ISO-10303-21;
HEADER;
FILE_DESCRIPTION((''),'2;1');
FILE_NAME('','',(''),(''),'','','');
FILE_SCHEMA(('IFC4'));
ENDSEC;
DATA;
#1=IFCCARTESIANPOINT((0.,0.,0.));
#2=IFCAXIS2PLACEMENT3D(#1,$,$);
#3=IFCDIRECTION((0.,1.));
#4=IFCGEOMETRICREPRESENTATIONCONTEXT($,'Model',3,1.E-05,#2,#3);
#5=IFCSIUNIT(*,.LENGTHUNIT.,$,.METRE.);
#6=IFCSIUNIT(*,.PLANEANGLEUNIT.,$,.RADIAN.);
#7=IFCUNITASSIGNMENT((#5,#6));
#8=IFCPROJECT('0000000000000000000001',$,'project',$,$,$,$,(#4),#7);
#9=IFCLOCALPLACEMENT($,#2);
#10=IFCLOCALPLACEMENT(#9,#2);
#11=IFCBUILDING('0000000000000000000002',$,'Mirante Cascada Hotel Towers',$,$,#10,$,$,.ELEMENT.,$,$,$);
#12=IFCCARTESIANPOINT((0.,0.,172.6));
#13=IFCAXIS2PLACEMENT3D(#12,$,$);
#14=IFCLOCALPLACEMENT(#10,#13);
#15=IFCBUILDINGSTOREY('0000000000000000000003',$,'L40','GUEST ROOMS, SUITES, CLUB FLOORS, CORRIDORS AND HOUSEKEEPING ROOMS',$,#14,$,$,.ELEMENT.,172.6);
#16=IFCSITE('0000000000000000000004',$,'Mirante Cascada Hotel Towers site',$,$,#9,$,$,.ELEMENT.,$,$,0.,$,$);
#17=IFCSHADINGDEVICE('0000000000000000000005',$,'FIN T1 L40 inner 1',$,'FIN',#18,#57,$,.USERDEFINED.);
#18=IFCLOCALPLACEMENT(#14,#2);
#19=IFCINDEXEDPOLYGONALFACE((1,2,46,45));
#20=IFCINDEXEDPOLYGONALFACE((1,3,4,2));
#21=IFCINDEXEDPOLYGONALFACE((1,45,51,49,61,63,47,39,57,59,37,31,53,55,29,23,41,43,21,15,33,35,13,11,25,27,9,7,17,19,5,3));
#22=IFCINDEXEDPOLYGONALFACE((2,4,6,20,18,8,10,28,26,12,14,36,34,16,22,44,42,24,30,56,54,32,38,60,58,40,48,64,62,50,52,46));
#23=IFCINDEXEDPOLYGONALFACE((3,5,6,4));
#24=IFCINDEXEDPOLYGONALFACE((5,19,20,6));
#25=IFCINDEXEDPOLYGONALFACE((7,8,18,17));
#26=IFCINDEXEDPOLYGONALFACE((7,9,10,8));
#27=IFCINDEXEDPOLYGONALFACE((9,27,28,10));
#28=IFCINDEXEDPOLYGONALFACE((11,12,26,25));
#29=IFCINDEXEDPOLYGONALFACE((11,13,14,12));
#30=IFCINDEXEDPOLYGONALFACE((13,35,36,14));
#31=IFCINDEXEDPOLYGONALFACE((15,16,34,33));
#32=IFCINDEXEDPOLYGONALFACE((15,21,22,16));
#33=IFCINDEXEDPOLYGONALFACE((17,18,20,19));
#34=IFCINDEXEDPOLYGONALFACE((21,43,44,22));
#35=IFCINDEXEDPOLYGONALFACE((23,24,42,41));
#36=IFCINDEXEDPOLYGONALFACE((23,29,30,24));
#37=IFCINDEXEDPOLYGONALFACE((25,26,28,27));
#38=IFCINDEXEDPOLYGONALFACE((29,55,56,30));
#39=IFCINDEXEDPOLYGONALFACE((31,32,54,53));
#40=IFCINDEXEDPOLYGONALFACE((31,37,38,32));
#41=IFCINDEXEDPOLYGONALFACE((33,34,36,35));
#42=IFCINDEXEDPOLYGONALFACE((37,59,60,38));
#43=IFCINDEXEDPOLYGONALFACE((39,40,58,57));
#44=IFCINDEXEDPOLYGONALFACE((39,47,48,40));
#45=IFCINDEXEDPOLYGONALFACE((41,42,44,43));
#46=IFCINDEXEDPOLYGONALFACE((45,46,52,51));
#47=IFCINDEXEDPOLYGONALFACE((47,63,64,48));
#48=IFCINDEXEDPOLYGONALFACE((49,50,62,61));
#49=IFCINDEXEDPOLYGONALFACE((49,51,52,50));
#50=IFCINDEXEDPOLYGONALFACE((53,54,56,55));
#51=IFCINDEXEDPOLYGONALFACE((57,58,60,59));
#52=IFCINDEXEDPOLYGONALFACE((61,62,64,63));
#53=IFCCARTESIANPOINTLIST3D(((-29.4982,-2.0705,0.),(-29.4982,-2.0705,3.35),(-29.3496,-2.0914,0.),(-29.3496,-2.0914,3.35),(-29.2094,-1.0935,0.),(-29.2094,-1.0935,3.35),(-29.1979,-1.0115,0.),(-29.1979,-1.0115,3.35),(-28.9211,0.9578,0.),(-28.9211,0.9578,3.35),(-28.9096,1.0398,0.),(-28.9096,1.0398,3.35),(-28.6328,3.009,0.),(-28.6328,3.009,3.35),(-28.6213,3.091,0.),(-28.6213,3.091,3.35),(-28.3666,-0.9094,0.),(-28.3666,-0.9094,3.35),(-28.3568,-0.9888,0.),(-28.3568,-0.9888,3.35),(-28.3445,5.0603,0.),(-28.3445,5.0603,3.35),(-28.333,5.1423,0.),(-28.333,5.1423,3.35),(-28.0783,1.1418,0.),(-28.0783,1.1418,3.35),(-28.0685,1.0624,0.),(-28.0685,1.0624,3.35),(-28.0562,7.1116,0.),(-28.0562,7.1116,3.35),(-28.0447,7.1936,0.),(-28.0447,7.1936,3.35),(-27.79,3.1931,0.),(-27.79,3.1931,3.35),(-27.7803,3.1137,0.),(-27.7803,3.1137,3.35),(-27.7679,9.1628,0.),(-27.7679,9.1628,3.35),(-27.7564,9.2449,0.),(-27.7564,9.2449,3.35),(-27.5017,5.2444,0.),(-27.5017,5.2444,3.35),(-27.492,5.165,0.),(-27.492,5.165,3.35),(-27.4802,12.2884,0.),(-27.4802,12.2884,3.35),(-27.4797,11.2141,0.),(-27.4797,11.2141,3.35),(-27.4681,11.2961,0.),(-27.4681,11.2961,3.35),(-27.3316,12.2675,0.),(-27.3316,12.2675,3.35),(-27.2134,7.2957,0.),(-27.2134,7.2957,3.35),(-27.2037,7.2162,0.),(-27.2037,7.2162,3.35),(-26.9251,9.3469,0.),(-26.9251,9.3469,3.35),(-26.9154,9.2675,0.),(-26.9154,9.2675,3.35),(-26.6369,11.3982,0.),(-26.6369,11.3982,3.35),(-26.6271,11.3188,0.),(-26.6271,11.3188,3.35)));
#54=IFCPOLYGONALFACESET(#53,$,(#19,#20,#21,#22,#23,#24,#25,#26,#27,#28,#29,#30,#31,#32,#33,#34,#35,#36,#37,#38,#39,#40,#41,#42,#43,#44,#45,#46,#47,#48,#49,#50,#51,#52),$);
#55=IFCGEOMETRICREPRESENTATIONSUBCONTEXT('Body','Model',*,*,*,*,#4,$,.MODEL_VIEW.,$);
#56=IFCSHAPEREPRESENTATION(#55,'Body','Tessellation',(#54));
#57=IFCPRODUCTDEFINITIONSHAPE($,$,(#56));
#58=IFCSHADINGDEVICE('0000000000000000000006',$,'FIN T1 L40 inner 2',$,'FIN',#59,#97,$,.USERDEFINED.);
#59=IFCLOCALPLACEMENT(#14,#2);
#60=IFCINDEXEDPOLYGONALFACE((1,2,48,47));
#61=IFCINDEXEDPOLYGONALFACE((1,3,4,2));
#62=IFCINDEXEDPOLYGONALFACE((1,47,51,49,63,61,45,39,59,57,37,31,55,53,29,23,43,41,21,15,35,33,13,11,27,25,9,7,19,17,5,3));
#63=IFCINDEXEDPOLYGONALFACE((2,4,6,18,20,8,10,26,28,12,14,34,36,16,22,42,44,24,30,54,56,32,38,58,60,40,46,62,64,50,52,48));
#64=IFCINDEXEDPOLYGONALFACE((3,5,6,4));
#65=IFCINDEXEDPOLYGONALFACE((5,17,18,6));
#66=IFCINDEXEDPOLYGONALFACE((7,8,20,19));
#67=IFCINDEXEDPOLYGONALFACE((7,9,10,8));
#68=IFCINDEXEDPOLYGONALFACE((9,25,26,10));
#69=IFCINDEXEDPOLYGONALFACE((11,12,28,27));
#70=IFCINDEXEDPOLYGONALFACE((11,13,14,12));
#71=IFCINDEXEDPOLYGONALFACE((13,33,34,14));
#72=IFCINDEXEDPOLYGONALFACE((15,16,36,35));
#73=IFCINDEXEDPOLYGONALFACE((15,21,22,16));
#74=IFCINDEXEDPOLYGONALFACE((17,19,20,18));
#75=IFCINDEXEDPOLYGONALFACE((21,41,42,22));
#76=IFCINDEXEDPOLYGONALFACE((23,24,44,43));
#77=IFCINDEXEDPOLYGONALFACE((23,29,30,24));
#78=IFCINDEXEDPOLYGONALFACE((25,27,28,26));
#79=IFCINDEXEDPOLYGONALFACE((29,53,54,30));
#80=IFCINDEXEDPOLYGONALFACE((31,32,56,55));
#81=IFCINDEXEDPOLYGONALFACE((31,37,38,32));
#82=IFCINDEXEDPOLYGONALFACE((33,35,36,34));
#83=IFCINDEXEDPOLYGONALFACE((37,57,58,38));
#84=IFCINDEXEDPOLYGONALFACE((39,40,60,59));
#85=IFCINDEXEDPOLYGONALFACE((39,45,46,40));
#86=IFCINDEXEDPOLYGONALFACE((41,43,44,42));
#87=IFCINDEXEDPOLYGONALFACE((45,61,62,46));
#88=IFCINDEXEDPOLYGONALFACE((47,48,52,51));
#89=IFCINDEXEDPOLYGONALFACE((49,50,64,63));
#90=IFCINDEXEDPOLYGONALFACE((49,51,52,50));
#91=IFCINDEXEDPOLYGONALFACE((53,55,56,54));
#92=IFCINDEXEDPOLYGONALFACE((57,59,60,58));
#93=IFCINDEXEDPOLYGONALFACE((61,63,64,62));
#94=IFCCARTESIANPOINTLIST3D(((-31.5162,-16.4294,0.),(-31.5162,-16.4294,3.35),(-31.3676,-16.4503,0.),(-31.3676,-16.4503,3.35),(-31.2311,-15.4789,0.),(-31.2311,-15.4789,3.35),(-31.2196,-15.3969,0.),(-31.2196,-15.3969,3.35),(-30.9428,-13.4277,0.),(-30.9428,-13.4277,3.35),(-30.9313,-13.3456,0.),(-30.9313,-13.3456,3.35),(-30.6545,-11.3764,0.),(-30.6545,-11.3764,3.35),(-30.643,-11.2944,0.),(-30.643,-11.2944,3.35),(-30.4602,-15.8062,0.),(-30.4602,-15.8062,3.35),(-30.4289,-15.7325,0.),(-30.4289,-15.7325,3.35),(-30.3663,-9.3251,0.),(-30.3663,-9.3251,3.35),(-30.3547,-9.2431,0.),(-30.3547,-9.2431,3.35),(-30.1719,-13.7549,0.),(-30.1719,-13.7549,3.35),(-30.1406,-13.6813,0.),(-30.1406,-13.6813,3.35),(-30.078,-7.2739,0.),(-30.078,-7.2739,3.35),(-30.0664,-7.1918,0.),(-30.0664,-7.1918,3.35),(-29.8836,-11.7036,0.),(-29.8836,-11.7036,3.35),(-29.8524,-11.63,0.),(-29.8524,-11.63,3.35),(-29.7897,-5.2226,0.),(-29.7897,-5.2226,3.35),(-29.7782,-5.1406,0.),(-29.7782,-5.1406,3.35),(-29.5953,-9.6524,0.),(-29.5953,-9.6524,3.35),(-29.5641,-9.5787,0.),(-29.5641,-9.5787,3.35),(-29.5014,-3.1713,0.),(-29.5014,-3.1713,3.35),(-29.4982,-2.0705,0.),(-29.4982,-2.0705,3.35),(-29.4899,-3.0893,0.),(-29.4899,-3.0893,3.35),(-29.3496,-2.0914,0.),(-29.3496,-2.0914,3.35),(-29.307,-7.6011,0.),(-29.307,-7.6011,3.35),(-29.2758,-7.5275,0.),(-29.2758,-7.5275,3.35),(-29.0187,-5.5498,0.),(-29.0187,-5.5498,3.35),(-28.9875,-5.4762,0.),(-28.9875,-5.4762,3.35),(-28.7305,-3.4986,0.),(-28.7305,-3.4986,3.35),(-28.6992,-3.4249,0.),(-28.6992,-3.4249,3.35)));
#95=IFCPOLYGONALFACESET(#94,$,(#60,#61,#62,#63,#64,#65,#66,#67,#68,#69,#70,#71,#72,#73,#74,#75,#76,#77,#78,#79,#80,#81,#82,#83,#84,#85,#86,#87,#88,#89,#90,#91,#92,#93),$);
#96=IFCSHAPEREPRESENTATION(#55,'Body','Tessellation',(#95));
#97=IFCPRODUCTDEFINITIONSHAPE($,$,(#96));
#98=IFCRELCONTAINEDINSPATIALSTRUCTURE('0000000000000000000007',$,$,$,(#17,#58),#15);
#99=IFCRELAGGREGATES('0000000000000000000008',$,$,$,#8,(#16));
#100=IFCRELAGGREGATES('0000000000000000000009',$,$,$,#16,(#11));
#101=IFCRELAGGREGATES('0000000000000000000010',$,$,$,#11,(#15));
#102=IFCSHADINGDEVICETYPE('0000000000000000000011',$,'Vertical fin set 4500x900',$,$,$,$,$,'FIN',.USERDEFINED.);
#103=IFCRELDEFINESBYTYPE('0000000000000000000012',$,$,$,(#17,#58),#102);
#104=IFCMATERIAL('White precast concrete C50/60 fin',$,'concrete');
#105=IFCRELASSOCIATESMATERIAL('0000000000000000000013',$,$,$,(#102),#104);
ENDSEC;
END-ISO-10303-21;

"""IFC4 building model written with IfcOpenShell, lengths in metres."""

from ifc_helpers import new_model, si_unit, direction, frame, origin, place, context, subcontext, project, spatial, polyline, outline, extrude, material, type_object, element, save


model = new_model("IFC4")

# Units and contexts
model_context = context("Model", 3, precision=1e-05, world=origin(), true_north=direction((0.0, 1.0)))
body_context = subcontext(model_context, "Body", "Model", "MODEL_VIEW")
ifc_project = project(units=[si_unit("LENGTHUNIT", "METRE"), si_unit("PLANEANGLEUNIT", "RADIAN")], contexts=[model_context])

# Site, building, storey
site_placement = place(None, origin())
site = spatial("IfcSite", under=ifc_project, at=site_placement, Name="Mirante Cascada Hotel Towers site", CompositionType="ELEMENT", RefElevation=0.0)
building_placement = place(site_placement, origin())
building = spatial("IfcBuilding", under=site, at=building_placement, Name="Mirante Cascada Hotel Towers", CompositionType="ELEMENT")
storey_placement = place(building_placement, frame((0.0, 0.0, 172.6)))
storey = spatial("IfcBuildingStorey", under=building, at=storey_placement, Name="L40", Description="GUEST ROOMS, SUITES, CLUB FLOORS, CORRIDORS AND HOUSEKEEPING ROOMS", CompositionType="ELEMENT", Elevation=172.6)

# Shading devices
ifc_material_1 = material(Name="White precast concrete C50/60 fin", Category="concrete")
shading_device_type = type_object("IfcShadingDeviceType", Name="Vertical fin set 4500x900", ElementType="FIN", PredefinedType="USERDEFINED", material=ifc_material_1)
shading_device_1_placement = place(storey_placement, origin())
element("IfcShadingDevice", 1, at=shading_device_1_placement, inside=storey, type_object=shading_device_type, Name="FIN T1 L40 inner 1", ObjectType="FIN", PredefinedType="USERDEFINED", context=body_context, shape_type="SweptSolid", body=[
    extrude(outline(polyline([(-29.2094, -1.0935), (-29.3496, -2.0914), (-29.4982, -2.0705), (-27.4802, 12.2884), (-27.3316, 12.2675), (-27.4681, 11.2961), (-26.6369, 11.3982), (-26.6271, 11.3188), (-27.4797, 11.2141), (-27.7564, 9.2449), (-26.9251, 9.3469), (-26.9154, 9.2675), (-27.7679, 9.1628), (-28.0447, 7.1936), (-27.2134, 7.2957), (-27.2037, 7.2162), (-28.0562, 7.1116), (-28.333, 5.1423), (-27.5017, 5.2444), (-27.492, 5.165), (-28.3445, 5.0603), (-28.6213, 3.091), (-27.79, 3.1931), (-27.7803, 3.1137), (-28.6328, 3.009), (-28.9096, 1.0398), (-28.0783, 1.1418), (-28.0685, 1.0624), (-28.9211, 0.9578), (-29.1979, -1.0115), (-28.3666, -0.9094), (-28.3568, -0.9888), (-29.2094, -1.0935)])), origin(), (0.0, 0.0, 1.0), 3.35),
])
shading_device_2_placement = place(storey_placement, origin())
element("IfcShadingDevice", 2, at=shading_device_2_placement, inside=storey, type_object=shading_device_type, Name="FIN T1 L40 inner 2", ObjectType="FIN", PredefinedType="USERDEFINED", context=body_context, shape_type="SweptSolid", body=[
    extrude(outline(polyline([(-31.2311, -15.4789), (-31.3676, -16.4503), (-31.5162, -16.4294), (-29.4982, -2.0705), (-29.3496, -2.0914), (-29.4899, -3.0893), (-28.6992, -3.4249), (-28.7305, -3.4986), (-29.5014, -3.1713), (-29.7782, -5.1406), (-28.9875, -5.4762), (-29.0187, -5.5498), (-29.7897, -5.2226), (-30.0664, -7.1918), (-29.2758, -7.5275), (-29.307, -7.6011), (-30.078, -7.2739), (-30.3547, -9.2431), (-29.5641, -9.5787), (-29.5953, -9.6524), (-30.3663, -9.3251), (-30.643, -11.2944), (-29.8524, -11.63), (-29.8836, -11.7036), (-30.6545, -11.3764), (-30.9313, -13.3456), (-30.1406, -13.6813), (-30.1719, -13.7549), (-30.9428, -13.4277), (-31.2196, -15.3969), (-30.4289, -15.7325), (-30.4602, -15.8062), (-31.2311, -15.4789)])), origin(), (0.0, 0.0, 1.0), 3.35),
])

save(model, "model.ifc")
